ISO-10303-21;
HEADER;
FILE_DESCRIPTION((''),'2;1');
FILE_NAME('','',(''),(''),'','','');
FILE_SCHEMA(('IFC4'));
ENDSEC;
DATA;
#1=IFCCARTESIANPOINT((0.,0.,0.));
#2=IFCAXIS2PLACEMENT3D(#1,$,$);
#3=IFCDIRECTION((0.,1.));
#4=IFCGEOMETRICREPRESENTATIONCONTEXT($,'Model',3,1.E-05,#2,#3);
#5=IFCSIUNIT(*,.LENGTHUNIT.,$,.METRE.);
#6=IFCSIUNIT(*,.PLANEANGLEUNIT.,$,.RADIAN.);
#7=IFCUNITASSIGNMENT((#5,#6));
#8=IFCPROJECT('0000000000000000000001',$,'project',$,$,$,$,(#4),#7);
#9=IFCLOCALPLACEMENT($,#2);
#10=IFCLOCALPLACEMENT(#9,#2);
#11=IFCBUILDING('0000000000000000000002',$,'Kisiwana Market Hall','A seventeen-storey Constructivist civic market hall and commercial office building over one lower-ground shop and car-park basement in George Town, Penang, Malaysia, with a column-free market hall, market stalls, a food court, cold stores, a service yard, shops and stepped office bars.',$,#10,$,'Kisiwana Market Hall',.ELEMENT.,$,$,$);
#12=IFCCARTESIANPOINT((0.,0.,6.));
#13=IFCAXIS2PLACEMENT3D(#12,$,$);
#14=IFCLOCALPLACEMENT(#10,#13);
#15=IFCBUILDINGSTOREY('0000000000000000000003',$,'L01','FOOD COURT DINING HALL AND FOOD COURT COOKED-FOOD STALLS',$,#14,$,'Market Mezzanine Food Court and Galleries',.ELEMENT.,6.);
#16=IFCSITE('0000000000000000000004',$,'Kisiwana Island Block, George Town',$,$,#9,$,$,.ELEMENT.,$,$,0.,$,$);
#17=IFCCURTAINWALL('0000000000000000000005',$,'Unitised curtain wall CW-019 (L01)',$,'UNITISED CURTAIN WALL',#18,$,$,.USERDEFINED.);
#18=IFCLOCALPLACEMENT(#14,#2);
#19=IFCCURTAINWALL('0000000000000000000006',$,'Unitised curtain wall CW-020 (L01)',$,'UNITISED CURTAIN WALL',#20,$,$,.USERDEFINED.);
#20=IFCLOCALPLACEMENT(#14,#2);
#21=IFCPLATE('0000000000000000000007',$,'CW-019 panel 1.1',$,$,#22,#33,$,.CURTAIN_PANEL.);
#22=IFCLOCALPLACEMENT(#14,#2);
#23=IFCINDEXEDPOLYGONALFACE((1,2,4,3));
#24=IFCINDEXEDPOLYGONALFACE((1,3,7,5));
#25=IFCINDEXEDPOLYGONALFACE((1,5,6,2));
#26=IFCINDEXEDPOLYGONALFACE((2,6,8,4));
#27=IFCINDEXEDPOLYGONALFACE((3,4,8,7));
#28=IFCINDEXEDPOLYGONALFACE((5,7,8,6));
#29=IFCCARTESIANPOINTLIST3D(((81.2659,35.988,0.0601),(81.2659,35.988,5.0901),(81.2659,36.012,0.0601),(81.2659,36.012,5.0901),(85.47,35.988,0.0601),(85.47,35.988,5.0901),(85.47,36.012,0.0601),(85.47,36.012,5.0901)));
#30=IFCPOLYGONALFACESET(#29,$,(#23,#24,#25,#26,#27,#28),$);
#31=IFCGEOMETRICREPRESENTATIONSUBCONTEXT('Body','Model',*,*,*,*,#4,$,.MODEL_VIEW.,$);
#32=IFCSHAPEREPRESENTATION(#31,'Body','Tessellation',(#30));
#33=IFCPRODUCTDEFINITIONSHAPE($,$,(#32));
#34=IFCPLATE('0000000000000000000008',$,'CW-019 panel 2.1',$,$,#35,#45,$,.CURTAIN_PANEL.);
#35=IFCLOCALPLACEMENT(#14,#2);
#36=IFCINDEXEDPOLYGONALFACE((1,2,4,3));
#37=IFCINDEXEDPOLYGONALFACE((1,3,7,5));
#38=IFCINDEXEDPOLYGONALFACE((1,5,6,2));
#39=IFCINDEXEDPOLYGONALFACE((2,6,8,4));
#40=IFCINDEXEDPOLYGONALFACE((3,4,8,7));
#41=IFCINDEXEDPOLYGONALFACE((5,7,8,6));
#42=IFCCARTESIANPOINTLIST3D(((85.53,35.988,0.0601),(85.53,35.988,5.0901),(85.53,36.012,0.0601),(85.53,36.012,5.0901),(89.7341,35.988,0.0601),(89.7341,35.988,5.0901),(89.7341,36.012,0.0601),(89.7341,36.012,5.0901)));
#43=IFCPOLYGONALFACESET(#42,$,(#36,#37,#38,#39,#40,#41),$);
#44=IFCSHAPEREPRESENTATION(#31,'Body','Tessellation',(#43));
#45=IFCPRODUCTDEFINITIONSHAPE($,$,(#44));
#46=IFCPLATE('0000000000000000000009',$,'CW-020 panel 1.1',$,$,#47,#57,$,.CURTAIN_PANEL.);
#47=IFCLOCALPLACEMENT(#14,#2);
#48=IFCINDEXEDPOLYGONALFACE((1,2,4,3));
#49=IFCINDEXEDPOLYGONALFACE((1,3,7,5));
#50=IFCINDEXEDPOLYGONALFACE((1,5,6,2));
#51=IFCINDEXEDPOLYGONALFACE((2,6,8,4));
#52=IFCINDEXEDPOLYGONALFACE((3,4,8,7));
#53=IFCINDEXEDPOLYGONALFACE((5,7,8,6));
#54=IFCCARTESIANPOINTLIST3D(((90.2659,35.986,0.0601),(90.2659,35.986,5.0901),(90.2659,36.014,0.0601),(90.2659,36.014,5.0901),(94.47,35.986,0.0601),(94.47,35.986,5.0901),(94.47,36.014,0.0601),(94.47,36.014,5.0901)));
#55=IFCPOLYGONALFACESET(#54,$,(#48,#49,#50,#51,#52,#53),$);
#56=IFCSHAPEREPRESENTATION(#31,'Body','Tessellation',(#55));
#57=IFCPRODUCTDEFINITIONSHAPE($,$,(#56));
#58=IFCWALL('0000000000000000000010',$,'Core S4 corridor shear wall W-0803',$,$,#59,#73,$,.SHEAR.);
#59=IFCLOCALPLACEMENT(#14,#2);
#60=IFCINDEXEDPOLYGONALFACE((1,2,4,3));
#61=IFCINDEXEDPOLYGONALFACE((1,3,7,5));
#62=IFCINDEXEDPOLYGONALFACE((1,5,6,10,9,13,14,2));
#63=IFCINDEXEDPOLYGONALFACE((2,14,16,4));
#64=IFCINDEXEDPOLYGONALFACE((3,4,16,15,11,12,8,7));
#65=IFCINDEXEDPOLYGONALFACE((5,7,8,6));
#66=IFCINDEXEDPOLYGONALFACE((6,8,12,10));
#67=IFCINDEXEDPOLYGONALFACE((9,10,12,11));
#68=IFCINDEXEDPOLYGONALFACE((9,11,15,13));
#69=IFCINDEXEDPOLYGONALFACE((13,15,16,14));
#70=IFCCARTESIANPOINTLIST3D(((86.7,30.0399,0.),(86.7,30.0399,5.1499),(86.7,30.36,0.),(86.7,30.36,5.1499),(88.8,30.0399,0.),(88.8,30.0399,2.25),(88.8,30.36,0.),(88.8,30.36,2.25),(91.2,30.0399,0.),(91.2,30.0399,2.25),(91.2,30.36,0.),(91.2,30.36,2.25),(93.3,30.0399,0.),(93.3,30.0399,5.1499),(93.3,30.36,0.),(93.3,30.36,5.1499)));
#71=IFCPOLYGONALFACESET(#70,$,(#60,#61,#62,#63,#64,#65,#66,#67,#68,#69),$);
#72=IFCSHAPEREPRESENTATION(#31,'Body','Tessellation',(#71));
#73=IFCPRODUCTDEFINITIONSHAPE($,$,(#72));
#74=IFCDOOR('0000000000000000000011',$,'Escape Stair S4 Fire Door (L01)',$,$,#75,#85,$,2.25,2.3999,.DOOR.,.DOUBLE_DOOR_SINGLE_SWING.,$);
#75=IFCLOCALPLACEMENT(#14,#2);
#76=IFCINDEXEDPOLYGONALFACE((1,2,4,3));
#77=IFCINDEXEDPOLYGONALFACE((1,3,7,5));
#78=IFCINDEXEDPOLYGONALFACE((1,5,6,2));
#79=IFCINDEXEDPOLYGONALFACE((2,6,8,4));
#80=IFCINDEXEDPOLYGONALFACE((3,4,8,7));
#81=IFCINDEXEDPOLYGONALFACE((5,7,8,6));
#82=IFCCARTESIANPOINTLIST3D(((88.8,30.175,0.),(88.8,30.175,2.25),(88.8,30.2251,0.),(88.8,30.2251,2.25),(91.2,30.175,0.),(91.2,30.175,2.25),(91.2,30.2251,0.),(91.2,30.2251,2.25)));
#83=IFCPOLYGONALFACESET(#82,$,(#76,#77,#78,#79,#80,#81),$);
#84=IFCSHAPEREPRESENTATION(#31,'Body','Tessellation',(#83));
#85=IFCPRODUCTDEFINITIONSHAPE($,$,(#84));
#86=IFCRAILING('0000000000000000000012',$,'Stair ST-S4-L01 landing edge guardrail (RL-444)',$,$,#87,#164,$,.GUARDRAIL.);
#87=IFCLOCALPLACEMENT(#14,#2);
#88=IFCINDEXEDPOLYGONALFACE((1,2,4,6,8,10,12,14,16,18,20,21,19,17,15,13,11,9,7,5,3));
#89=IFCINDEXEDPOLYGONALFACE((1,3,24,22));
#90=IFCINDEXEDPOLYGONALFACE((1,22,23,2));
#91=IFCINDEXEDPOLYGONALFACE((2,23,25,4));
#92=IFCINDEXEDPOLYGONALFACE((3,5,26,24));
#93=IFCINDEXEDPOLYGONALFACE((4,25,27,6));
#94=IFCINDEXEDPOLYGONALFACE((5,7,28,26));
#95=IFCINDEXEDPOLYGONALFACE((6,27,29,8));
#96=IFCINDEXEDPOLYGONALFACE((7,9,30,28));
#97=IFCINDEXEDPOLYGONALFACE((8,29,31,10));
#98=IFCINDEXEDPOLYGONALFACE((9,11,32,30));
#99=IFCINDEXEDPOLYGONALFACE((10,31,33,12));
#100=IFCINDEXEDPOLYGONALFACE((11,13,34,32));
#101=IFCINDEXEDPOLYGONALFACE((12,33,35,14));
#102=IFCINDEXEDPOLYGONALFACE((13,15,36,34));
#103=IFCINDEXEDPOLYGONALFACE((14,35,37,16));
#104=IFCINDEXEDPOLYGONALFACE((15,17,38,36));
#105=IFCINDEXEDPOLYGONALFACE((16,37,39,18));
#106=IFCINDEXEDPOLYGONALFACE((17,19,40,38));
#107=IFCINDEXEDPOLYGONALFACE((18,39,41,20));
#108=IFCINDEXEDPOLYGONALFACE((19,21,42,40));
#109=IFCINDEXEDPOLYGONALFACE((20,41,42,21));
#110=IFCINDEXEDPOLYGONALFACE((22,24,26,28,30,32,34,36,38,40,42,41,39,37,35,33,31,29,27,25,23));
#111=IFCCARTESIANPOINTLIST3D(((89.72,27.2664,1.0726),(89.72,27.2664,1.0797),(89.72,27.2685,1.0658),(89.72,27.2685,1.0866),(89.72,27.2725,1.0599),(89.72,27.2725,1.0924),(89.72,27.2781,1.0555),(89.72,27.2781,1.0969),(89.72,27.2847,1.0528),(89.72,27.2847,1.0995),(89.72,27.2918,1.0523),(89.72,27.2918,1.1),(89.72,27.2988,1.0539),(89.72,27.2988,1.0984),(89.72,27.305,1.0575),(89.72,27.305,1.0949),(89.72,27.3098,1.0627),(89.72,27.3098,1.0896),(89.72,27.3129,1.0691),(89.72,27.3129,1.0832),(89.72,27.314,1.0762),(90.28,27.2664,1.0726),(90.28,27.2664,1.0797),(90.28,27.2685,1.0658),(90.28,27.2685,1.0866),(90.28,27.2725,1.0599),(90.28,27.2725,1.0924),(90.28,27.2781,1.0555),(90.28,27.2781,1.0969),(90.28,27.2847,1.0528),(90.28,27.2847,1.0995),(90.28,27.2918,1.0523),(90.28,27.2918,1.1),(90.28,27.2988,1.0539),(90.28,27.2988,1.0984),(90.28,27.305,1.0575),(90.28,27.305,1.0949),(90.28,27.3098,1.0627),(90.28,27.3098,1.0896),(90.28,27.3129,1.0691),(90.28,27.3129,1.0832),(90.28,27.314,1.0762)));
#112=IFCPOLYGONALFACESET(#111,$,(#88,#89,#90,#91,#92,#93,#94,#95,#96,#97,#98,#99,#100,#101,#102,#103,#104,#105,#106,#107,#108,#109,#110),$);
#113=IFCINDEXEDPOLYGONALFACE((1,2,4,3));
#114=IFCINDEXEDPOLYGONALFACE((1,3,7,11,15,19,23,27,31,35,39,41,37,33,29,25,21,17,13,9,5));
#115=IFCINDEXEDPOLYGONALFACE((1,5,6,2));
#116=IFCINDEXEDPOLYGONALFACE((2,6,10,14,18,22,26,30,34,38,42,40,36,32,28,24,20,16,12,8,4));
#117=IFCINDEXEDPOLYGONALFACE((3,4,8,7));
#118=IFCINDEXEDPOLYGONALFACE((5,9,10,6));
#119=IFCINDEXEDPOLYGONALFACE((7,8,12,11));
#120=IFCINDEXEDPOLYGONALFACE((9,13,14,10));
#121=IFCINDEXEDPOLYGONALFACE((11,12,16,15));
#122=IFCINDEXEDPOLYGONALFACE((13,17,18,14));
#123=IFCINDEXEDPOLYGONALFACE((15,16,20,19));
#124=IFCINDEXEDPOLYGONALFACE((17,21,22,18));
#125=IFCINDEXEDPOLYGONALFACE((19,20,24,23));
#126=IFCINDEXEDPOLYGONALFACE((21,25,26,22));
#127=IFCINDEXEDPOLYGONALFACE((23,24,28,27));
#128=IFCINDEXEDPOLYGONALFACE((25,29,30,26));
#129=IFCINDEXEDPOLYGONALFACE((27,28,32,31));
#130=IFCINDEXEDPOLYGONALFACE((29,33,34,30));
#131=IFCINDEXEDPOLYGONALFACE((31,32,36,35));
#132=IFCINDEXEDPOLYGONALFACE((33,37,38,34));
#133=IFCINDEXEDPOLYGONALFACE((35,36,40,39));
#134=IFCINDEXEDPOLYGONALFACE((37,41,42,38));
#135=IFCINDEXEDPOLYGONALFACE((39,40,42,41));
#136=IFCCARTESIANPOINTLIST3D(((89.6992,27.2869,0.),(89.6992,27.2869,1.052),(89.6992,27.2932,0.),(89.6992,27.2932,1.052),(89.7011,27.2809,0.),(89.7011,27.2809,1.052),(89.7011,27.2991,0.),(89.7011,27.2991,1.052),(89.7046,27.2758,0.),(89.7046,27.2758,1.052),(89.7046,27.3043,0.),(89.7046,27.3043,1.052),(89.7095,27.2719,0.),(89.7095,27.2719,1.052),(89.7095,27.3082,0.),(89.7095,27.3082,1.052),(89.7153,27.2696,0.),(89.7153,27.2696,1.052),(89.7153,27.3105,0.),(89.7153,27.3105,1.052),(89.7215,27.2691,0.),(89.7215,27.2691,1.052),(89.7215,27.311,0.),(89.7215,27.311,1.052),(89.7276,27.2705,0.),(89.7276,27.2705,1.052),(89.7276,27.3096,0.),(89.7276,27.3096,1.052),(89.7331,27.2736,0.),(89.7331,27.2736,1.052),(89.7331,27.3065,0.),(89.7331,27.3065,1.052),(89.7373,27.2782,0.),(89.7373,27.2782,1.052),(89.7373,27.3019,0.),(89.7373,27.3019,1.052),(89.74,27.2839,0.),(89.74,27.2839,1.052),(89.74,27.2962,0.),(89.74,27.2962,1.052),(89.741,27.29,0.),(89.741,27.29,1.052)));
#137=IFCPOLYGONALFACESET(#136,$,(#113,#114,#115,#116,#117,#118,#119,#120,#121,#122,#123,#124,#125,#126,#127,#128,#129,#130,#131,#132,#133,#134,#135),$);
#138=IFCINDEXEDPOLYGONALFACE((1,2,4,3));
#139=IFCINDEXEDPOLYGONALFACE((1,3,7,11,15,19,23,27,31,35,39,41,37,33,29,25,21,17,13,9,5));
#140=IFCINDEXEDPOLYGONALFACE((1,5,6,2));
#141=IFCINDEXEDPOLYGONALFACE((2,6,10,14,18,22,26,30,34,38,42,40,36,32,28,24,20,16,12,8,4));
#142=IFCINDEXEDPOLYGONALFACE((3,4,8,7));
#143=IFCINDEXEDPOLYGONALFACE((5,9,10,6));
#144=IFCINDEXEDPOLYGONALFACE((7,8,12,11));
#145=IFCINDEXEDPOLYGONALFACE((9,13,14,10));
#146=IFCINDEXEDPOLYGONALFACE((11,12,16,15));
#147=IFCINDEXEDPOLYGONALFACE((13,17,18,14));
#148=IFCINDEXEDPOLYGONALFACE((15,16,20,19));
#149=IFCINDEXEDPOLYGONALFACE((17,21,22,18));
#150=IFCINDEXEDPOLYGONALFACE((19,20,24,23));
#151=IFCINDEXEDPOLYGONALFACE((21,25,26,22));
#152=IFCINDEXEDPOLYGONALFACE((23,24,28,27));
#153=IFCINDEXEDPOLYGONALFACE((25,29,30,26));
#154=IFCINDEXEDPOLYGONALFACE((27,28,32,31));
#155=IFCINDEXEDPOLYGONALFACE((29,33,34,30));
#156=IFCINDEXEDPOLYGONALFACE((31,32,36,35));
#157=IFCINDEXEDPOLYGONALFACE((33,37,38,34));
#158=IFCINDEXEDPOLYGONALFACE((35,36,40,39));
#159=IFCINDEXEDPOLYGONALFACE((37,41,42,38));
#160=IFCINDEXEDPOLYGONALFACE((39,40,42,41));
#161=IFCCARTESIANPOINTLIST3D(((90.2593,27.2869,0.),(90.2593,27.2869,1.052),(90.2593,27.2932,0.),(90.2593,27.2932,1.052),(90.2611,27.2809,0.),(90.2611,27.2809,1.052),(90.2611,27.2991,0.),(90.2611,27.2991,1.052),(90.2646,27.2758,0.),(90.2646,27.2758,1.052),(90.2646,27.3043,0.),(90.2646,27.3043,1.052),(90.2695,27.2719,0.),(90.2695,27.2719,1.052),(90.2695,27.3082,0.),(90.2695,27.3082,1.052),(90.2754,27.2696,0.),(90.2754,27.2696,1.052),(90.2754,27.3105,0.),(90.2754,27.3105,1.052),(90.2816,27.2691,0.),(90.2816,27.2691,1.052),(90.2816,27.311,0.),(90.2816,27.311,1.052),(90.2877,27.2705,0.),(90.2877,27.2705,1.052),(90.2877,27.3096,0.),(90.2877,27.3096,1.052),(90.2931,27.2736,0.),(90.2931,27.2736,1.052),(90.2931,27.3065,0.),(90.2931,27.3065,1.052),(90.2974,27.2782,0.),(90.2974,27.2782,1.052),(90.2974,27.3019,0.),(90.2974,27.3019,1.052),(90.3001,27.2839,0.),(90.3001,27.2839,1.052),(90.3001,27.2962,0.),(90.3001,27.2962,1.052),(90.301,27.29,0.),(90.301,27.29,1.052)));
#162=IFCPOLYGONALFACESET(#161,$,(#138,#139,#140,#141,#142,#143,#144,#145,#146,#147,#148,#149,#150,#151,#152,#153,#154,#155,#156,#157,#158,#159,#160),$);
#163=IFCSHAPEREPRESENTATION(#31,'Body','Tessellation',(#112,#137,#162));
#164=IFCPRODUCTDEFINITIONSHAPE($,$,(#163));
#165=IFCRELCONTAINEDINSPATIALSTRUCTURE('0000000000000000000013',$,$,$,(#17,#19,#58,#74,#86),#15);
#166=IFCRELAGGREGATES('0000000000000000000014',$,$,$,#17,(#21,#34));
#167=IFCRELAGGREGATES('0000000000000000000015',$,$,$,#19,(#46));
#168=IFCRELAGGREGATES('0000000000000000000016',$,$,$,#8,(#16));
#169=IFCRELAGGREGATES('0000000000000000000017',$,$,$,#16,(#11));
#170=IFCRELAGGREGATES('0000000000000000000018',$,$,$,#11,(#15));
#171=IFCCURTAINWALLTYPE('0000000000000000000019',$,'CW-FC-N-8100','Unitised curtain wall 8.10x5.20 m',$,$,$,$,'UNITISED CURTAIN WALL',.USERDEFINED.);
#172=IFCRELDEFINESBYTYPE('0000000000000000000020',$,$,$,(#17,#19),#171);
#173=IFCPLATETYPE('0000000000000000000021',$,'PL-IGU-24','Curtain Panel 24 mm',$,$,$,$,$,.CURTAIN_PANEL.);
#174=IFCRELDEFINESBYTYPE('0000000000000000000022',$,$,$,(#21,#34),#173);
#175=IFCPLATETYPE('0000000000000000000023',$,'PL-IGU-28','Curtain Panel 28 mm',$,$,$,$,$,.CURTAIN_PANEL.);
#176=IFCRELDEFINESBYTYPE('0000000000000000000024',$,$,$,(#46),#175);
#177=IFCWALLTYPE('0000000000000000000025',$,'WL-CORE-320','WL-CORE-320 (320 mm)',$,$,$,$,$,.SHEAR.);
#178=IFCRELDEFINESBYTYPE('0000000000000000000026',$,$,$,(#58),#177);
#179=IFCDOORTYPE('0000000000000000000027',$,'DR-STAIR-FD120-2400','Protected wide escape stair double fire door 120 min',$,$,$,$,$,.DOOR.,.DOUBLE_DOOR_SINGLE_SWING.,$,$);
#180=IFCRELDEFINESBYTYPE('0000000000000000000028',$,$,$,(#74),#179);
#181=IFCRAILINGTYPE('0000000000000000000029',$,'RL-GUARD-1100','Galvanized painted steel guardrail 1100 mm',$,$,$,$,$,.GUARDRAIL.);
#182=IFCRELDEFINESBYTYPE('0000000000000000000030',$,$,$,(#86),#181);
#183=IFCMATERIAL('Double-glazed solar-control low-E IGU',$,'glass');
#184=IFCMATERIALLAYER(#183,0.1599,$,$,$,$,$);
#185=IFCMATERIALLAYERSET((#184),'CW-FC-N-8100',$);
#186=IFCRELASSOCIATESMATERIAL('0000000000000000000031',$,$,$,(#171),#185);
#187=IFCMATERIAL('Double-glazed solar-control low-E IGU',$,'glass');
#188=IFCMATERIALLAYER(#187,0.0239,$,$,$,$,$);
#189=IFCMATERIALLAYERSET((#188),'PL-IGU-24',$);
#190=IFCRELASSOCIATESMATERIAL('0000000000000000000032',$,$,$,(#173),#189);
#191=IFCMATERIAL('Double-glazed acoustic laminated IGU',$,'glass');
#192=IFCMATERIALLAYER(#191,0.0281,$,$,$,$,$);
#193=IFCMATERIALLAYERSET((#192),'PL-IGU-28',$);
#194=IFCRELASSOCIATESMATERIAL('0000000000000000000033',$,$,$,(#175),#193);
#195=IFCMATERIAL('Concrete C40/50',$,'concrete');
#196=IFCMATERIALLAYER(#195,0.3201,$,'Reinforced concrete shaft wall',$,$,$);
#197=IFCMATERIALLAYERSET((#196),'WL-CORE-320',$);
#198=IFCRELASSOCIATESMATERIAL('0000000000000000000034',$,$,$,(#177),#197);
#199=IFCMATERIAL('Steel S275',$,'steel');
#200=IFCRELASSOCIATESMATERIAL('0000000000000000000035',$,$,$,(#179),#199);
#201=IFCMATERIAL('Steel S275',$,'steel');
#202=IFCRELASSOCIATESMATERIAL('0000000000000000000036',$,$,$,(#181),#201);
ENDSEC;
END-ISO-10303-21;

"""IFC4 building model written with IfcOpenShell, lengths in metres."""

from ifc_helpers import new_model, si_unit, direction, frame, frame_2d, origin, origin_2d, place, context, subcontext, project, spatial, rectangle, circle, extrude, material, layer, layer_set, type_object, element, fill, aggregate, save


model = new_model("IFC4")

# Units and contexts
model_context = context("Model", 3, precision=1e-05, world=origin(), true_north=direction((0.0, 1.0)))
body_context = subcontext(model_context, "Body", "Model", "MODEL_VIEW")
ifc_project = project(units=[si_unit("LENGTHUNIT", "METRE"), si_unit("PLANEANGLEUNIT", "RADIAN")], contexts=[model_context])

# Site, building, storey
site_placement = place(None, origin())
site = spatial("IfcSite", under=ifc_project, at=site_placement, Name="Kisiwana Island Block, George Town", CompositionType="ELEMENT", RefElevation=0.0)
building_placement = place(site_placement, origin())
building = spatial("IfcBuilding", under=site, at=building_placement, Name="Kisiwana Market Hall", Description="A seventeen-storey Constructivist civic market hall and commercial office building over one lower-ground shop and car-park basement in George Town, Penang, Malaysia, with a column-free market hall, market stalls, a food court, cold stores, a service yard, shops and stepped office bars.", LongName="Kisiwana Market Hall", CompositionType="ELEMENT")
storey_placement = place(building_placement, frame((0.0, 0.0, 6.0)))
storey = spatial("IfcBuildingStorey", under=building, at=storey_placement, Name="L01", Description="FOOD COURT DINING HALL AND FOOD COURT COOKED-FOOD STALLS", LongName="Market Mezzanine Food Court and Galleries", CompositionType="ELEMENT", Elevation=6.0)

# Curtain wall
ifc_material_1 = material(Name="Double-glazed solar-control low-E IGU", Category="glass")
ifc_layer_1 = layer(ifc_material_1, 0.1599)
ifc_layer_set_1 = layer_set([ifc_layer_1], Name="CW-FC-N-8100")
curtain_wall_type = type_object("IfcCurtainWallType", Name="CW-FC-N-8100", Description="Unitised curtain wall 8.10x5.20 m", ElementType="UNITISED CURTAIN WALL", PredefinedType="USERDEFINED", material=ifc_layer_set_1)
curtain_wall_1_placement = place(storey_placement, origin())
curtain_wall_1 = element("IfcCurtainWall", 1, at=curtain_wall_1_placement, inside=storey, type_object=curtain_wall_type, Name="Unitised curtain wall CW-019 (L01)", ObjectType="UNITISED CURTAIN WALL", PredefinedType="USERDEFINED")

# Curtain wall
curtain_wall_2_placement = place(storey_placement, origin())
curtain_wall_2 = element("IfcCurtainWall", 2, at=curtain_wall_2_placement, inside=storey, type_object=curtain_wall_type, Name="Unitised curtain wall CW-020 (L01)", ObjectType="UNITISED CURTAIN WALL", PredefinedType="USERDEFINED")

# Plates
ifc_material_2 = material(Name="Double-glazed solar-control low-E IGU", Category="glass")
ifc_layer_2 = layer(ifc_material_2, 0.0239)
ifc_layer_set_2 = layer_set([ifc_layer_2], Name="PL-IGU-24")
plate_type_1 = type_object("IfcPlateType", Name="PL-IGU-24", Description="Curtain Panel 24 mm", PredefinedType="CURTAIN_PANEL", material=ifc_layer_set_2)
plate_1_placement = place(storey_placement, frame((83.3679, 36.0, 0.0601), z_axis=(0.0, 0.0, 1.0), x_axis=(1.0, 0.0, 0.0)))
plate_1 = element("IfcPlate", 3, at=plate_1_placement, type_object=plate_type_1, Name="CW-019 panel 1.1", PredefinedType="CURTAIN_PANEL", context=body_context, shape_type="SweptSolid", body=[
    extrude(rectangle(XDim=4.2041, YDim=0.0239, at=origin_2d()), origin(), (0.0, 0.0, 1.0), 5.03),
])
plate_2_placement = place(storey_placement, frame((87.6321, 36.0, 0.0601), z_axis=(0.0, 0.0, 1.0), x_axis=(1.0, 0.0, 0.0)))
plate_2 = element("IfcPlate", 4, at=plate_2_placement, type_object=plate_type_1, Name="CW-019 panel 2.1", PredefinedType="CURTAIN_PANEL", context=body_context, shape_type="SweptSolid", body=[
    extrude(rectangle(XDim=4.2041, YDim=0.0239, at=origin_2d()), origin(), (0.0, 0.0, 1.0), 5.03),
])
aggregate(curtain_wall_1, [plate_1, plate_2])
ifc_material_3 = material(Name="Double-glazed acoustic laminated IGU", Category="glass")
ifc_layer_3 = layer(ifc_material_3, 0.0281)
ifc_layer_set_3 = layer_set([ifc_layer_3], Name="PL-IGU-28")
plate_type_2 = type_object("IfcPlateType", Name="PL-IGU-28", Description="Curtain Panel 28 mm", PredefinedType="CURTAIN_PANEL", material=ifc_layer_set_3)
plate_3_placement = place(storey_placement, frame((92.3679, 36.0, 0.0601), z_axis=(0.0, 0.0, 1.0), x_axis=(1.0, 0.0, 0.0)))
plate_3 = element("IfcPlate", 5, at=plate_3_placement, type_object=plate_type_2, Name="CW-020 panel 1.1", PredefinedType="CURTAIN_PANEL", context=body_context, shape_type="SweptSolid", body=[
    extrude(rectangle(XDim=4.2041, YDim=0.0281, at=origin_2d()), origin(), (0.0, 0.0, 1.0), 5.03),
])
aggregate(curtain_wall_2, [plate_3])

# Wall, opening, door
ifc_material_4 = material(Name="Concrete C40/50", Category="concrete")
ifc_layer_4 = layer(ifc_material_4, 0.3201, Name="Reinforced concrete shaft wall")
ifc_layer_set_4 = layer_set([ifc_layer_4], Name="WL-CORE-320")
wall_type = type_object("IfcWallType", Name="WL-CORE-320", Description="WL-CORE-320 (320 mm)", PredefinedType="SHEAR", material=ifc_layer_set_4)
wall_placement = place(storey_placement, frame((86.7, 30.2, 0.0), z_axis=(0.0, 0.0, 1.0), x_axis=(1.0, 0.0, 0.0)))
wall = element("IfcWall", 6, at=wall_placement, inside=storey, type_object=wall_type, Name="Core S4 corridor shear wall W-0803", PredefinedType="SHEAR", context=body_context, shape_type="SweptSolid", body=[
    extrude(rectangle(XDim=6.6001, YDim=0.3201, at=frame_2d((3.3, 0.0))), origin(), (0.0, 0.0, 1.0), 5.1499),
])
opening_placement = place(wall_placement, frame((2.1001, 0.0, 0.0)))
opening = element("IfcOpeningElement", 7, at=opening_placement, cuts=wall, PredefinedType="OPENING", context=body_context, shape_type="SweptSolid", body=[
    extrude(rectangle(XDim=2.3999, YDim=2.25, at=frame_2d((1.2, 1.125))), frame((0.0, 0.1719, 0.0), z_axis=(0.0, -1.0, 0.0), x_axis=(1.0, 0.0, 0.0)), (0.0, 0.0, 1.0), 0.344),
])
ifc_material_5 = material(Name="Steel S275", Category="steel")
door_type = type_object("IfcDoorType", Name="DR-STAIR-FD120-2400", Description="Protected wide escape stair double fire door 120 min", OperationType="DOUBLE_DOOR_SINGLE_SWING", PredefinedType="DOOR", material=ifc_material_5)
door_placement = place(opening_placement, frame((2.3999, 0.0, 0.0), z_axis=(0.0, 0.0, 1.0), x_axis=(-1.0, 0.0, 0.0)))
door = element("IfcDoor", 8, at=door_placement, inside=storey, type_object=door_type, Name="Escape Stair S4 Fire Door (L01)", OperationType="DOUBLE_DOOR_SINGLE_SWING", OverallHeight=2.25, OverallWidth=2.3999, PredefinedType="DOOR", context=body_context, shape_type="SweptSolid", body=[
    extrude(rectangle(XDim=2.3999, YDim=2.25, at=frame_2d((1.2, 1.125))), frame((0.0, 0.0249, 0.0), z_axis=(0.0, -1.0, 0.0), x_axis=(1.0, 0.0, 0.0)), (0.0, 0.0, 1.0), 0.05),
])
fill(opening, door)

# Railing
ifc_material_6 = material(Name="Steel S275", Category="steel")
railing_type_1 = type_object("IfcRailingType", Name="RL-GUARD-1100", Description="Galvanized painted steel guardrail 1100 mm", PredefinedType="GUARDRAIL", material=ifc_material_6)
railing_1_placement = place(storey_placement, frame((89.72, 27.29, 0.0)))
element("IfcRailing", 9, at=railing_1_placement, inside=storey, type_object=railing_type_1, Name="Stair ST-S4-L01 landing edge guardrail (RL-444)", PredefinedType="GUARDRAIL", context=body_context, shape_type="SweptSolid", body=[
    extrude(circle(Radius=0.0239, at=origin_2d()), frame((0.0, 0.0, 1.0762), z_axis=(1.0, 0.0, 0.0), x_axis=(0.0, 1.0, 0.0)), (0.0, 0.0, 1.0), 0.5601),
    extrude(circle(Radius=0.021, at=origin_2d()), origin(), (0.0, 0.0, 1.0), 1.052),
    extrude(circle(Radius=0.021, at=origin_2d()), frame((0.5601, 0.0, 0.0)), (0.0, 0.0, 1.0), 1.052),
])

save(model, "model.ifc")
